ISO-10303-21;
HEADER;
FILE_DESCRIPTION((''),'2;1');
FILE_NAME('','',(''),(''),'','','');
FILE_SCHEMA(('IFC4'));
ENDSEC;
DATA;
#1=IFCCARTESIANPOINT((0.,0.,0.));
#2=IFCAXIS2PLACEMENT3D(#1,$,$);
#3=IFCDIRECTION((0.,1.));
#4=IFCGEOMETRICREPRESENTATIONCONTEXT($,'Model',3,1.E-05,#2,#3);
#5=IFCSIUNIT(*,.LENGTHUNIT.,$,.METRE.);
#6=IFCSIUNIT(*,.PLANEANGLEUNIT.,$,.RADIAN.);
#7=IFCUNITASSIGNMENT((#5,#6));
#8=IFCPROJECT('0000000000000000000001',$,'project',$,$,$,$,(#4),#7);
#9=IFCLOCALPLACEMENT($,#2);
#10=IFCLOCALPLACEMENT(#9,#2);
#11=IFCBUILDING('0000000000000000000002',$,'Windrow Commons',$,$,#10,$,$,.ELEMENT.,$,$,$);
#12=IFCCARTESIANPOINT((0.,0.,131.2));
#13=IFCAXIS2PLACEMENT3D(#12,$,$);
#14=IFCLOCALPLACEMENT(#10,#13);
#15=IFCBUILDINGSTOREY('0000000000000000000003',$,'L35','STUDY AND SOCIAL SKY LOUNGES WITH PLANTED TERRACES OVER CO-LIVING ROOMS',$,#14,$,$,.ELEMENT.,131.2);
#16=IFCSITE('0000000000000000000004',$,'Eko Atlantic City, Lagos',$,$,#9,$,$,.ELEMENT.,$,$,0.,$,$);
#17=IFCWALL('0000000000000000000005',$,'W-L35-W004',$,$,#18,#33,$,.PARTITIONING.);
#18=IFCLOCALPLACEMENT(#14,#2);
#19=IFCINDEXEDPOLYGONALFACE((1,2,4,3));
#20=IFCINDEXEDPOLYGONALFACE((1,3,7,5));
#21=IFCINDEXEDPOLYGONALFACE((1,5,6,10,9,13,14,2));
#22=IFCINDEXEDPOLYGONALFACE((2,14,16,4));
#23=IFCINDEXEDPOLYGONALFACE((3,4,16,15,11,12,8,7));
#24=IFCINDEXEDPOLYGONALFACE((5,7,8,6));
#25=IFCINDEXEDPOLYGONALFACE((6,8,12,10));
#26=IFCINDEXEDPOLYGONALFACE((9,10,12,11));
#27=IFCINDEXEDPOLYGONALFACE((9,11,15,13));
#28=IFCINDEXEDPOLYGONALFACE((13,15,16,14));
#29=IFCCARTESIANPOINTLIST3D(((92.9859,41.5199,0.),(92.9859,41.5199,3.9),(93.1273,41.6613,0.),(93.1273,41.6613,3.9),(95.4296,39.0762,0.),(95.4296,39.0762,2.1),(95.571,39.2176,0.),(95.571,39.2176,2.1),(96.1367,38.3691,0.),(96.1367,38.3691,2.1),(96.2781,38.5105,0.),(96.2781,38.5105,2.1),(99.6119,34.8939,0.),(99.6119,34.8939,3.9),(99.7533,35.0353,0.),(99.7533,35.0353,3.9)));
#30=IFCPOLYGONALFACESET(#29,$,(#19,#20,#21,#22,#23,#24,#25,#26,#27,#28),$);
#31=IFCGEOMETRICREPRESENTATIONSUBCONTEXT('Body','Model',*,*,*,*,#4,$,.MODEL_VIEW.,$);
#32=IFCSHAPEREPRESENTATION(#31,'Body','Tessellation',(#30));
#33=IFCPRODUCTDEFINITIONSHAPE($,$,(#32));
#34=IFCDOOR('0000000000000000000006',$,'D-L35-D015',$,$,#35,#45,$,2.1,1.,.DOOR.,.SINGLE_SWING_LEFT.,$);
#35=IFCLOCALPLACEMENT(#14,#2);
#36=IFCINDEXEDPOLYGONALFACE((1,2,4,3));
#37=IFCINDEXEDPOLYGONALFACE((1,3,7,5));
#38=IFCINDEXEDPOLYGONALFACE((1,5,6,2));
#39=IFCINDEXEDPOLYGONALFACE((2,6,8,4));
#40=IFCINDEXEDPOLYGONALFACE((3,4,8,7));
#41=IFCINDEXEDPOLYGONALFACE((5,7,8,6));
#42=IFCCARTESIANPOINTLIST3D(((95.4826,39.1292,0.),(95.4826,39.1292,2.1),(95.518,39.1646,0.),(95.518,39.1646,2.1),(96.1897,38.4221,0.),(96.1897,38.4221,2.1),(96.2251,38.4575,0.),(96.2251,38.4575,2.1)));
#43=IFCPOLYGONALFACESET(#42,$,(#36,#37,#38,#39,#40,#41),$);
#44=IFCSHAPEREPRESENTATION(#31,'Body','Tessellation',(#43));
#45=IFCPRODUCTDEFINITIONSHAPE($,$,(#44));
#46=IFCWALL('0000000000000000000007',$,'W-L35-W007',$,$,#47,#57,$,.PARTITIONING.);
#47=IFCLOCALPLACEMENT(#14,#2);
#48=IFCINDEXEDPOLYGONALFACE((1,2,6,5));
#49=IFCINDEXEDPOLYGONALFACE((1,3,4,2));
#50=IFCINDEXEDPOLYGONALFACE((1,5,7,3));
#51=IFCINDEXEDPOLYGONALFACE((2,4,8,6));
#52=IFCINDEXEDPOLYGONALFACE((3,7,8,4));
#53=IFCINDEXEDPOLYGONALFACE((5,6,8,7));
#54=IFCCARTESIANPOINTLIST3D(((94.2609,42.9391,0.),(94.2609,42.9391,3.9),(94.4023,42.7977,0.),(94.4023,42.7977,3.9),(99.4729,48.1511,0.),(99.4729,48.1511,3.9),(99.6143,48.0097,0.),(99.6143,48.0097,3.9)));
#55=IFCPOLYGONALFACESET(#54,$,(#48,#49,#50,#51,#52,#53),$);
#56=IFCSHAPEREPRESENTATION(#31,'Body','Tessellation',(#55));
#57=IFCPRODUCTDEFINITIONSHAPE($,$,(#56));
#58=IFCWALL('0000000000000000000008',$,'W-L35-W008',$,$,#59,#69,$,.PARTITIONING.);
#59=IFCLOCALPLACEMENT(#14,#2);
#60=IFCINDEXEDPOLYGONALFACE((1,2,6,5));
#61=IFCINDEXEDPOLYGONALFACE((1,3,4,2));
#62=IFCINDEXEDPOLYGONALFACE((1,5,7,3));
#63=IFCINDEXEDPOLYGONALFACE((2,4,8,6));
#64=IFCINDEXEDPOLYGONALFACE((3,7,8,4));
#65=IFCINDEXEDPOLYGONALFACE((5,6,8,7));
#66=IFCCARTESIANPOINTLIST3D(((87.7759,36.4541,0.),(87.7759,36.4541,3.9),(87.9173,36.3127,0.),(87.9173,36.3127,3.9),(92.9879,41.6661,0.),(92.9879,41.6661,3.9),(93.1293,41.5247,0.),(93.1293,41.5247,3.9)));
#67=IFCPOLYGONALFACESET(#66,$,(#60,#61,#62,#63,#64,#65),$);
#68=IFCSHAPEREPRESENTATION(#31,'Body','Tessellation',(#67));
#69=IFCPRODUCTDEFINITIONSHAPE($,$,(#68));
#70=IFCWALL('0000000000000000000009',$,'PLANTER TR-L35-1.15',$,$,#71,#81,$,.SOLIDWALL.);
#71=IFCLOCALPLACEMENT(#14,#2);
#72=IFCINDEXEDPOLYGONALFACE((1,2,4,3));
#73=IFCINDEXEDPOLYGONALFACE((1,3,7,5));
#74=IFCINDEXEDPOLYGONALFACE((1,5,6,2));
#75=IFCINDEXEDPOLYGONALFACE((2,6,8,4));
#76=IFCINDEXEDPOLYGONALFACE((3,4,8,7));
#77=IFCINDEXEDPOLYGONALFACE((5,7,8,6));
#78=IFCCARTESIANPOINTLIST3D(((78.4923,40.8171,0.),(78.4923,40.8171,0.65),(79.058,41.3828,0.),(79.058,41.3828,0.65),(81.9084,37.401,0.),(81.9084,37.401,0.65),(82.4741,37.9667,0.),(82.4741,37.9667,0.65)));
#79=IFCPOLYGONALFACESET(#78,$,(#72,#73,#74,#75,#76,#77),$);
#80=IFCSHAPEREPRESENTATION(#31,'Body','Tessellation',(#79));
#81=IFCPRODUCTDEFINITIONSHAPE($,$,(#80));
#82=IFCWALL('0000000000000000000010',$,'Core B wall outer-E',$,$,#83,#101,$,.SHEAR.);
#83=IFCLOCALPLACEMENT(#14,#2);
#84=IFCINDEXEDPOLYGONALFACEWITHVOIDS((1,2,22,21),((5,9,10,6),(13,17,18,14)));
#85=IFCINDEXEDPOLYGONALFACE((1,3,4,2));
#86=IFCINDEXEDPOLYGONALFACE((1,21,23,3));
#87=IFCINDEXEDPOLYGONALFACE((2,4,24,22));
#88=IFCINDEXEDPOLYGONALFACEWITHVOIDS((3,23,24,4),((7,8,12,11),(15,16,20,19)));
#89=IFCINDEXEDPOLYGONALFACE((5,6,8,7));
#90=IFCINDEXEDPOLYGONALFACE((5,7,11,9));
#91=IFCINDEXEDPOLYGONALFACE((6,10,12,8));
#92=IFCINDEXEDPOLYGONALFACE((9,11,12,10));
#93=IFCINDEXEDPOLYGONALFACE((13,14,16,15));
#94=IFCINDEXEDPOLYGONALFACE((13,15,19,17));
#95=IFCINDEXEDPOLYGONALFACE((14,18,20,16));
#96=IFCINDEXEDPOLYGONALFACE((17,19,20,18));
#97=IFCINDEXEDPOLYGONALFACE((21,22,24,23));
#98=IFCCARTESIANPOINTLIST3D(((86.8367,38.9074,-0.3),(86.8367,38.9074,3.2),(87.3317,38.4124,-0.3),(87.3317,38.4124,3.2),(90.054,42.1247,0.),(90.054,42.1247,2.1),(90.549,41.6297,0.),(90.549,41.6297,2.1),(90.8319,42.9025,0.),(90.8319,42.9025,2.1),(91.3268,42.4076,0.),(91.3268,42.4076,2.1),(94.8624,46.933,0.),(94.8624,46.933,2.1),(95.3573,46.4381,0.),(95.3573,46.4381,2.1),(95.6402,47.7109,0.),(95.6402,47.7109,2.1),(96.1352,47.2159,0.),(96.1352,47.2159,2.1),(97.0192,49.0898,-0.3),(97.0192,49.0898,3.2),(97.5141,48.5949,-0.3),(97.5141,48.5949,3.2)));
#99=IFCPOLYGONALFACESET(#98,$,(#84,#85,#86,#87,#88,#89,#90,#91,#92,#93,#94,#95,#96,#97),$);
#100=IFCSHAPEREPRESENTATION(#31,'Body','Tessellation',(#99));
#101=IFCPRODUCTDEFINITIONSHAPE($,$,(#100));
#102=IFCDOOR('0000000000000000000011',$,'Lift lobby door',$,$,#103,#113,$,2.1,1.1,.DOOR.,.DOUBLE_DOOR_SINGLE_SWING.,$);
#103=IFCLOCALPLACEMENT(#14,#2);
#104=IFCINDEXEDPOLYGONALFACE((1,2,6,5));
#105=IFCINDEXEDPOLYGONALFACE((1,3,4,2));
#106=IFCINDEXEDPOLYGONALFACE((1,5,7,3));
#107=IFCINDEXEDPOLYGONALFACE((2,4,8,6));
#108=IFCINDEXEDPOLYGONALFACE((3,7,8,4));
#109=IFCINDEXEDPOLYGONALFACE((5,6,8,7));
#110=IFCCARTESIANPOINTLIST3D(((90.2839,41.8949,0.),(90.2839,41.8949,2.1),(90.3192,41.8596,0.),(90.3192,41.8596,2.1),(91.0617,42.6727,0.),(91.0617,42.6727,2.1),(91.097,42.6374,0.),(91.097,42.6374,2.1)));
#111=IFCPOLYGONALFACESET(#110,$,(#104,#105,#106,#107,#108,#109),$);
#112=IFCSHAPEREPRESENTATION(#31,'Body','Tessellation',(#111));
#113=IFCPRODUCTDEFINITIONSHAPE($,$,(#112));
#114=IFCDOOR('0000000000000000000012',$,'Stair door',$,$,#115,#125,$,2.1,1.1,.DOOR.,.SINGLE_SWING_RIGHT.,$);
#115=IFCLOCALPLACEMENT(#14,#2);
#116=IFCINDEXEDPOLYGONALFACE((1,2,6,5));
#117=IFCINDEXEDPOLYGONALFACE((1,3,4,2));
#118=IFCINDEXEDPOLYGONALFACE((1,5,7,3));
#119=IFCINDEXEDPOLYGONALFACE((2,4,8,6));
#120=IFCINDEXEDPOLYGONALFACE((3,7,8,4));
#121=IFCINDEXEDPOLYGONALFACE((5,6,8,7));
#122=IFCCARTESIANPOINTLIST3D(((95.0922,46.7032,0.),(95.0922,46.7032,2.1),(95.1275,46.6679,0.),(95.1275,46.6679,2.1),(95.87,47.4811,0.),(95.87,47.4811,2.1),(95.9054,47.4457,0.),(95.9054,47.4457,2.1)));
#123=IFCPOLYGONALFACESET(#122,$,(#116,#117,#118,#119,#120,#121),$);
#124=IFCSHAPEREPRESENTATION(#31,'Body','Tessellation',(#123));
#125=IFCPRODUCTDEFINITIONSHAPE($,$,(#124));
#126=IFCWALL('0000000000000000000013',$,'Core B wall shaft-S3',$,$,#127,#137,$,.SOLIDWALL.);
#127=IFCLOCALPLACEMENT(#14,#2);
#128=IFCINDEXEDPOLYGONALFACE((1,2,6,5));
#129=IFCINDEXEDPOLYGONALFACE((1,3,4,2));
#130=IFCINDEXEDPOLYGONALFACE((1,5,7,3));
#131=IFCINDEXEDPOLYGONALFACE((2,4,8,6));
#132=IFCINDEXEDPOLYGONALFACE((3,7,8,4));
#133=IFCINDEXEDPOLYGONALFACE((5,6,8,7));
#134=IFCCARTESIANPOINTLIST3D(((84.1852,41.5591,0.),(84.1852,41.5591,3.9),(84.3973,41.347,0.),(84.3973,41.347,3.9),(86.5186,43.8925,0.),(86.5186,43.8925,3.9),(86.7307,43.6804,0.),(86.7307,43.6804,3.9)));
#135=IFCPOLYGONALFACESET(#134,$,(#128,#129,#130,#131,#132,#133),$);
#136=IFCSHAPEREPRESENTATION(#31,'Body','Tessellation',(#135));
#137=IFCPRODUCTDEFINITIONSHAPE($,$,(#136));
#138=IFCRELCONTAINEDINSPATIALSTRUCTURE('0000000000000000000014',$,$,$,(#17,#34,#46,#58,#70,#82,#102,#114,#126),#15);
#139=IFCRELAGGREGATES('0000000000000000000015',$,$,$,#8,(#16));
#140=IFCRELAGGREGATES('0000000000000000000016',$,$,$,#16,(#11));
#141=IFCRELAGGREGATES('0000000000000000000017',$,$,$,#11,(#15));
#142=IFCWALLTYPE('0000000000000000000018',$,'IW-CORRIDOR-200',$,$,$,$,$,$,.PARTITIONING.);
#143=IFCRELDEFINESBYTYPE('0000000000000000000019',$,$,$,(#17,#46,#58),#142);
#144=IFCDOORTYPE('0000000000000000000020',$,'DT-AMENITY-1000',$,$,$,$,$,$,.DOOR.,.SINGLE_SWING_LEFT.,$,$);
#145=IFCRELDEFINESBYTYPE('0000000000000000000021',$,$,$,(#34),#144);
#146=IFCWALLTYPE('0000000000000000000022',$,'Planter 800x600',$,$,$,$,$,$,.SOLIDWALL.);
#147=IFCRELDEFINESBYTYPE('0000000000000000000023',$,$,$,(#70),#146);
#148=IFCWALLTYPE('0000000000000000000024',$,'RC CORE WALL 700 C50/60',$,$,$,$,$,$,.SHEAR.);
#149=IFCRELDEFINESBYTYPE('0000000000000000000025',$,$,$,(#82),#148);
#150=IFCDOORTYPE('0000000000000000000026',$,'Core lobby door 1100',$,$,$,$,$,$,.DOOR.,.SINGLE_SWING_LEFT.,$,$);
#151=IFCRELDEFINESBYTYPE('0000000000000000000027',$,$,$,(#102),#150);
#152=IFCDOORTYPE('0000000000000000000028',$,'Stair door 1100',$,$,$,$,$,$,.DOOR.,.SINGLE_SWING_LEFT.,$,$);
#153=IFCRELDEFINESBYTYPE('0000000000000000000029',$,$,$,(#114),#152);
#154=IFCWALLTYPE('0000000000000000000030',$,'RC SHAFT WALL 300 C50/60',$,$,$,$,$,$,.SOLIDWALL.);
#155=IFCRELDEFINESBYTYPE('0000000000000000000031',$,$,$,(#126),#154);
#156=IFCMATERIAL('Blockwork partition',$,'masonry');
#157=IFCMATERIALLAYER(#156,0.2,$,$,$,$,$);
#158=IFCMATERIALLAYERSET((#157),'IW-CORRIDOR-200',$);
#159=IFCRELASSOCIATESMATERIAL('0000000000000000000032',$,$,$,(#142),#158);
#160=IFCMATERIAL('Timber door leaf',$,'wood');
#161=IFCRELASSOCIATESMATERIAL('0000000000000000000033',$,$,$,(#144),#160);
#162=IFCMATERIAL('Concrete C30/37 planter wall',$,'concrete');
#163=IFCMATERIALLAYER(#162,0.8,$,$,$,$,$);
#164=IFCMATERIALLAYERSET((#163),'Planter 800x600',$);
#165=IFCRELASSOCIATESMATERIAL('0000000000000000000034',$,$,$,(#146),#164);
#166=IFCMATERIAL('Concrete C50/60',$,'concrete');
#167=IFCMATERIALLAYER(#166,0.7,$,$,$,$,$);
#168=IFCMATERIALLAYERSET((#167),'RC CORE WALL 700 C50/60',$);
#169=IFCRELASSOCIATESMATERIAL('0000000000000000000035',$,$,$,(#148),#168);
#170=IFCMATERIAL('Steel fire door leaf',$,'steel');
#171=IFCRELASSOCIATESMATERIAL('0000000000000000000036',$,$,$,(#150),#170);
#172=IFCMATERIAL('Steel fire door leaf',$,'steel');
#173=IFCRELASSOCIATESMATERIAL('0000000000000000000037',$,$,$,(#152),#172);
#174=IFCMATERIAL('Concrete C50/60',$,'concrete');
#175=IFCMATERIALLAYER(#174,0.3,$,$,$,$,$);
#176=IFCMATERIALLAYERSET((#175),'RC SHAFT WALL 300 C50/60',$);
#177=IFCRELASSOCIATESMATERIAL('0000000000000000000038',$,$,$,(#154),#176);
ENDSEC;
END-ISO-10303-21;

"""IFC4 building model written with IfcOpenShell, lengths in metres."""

from ifc_helpers import new_model, si_unit, direction, frame, frame_2d, origin, place, context, subcontext, project, spatial, rectangle, extrude, material, layer, layer_set, type_object, element, fill, save


model = new_model("IFC4")

# Units and contexts
model_context = context("Model", 3, precision=1e-05, world=origin(), true_north=direction((0.0, 1.0)))
body_context = subcontext(model_context, "Body", "Model", "MODEL_VIEW")
ifc_project = project(units=[si_unit("LENGTHUNIT", "METRE"), si_unit("PLANEANGLEUNIT", "RADIAN")], contexts=[model_context])

# Site, building, storey
site_placement = place(None, origin())
site = spatial("IfcSite", under=ifc_project, at=site_placement, Name="Eko Atlantic City, Lagos", CompositionType="ELEMENT", RefElevation=0.0)
building_placement = place(site_placement, origin())
building = spatial("IfcBuilding", under=site, at=building_placement, Name="Windrow Commons", CompositionType="ELEMENT")
storey_placement = place(building_placement, frame((0.0, 0.0, 131.2)))
storey = spatial("IfcBuildingStorey", under=building, at=storey_placement, Name="L35", Description="STUDY AND SOCIAL SKY LOUNGES WITH PLANTED TERRACES OVER CO-LIVING ROOMS", CompositionType="ELEMENT", Elevation=131.2)

# Wall, opening, door
ifc_material_1 = material(Name="Blockwork partition", Category="masonry")
ifc_layer_1 = layer(ifc_material_1, 0.2)
ifc_layer_set_1 = layer_set([ifc_layer_1], Name="IW-CORRIDOR-200")
wall_type_1 = type_object("IfcWallType", Name="IW-CORRIDOR-200", PredefinedType="PARTITIONING", material=ifc_layer_set_1)
wall_1_placement = place(storey_placement, frame((93.0566, 41.5906, 0.0), z_axis=(0.0, 0.0, 1.0), x_axis=(0.707107, -0.707107, 0.0)))
wall_1 = element("IfcWall", 1, at=wall_1_placement, inside=storey, type_object=wall_type_1, Name="W-L35-W004", PredefinedType="PARTITIONING", context=body_context, shape_type="SweptSolid", body=[
    extrude(rectangle(XDim=9.3706, YDim=0.2, at=frame_2d((4.6853, 0.0))), origin(), (0.0, 0.0, 1.0), 3.9),
])
opening_1_placement = place(wall_1_placement, frame((3.4559, 0.0, 0.0)))
opening_1 = element("IfcOpeningElement", 2, at=opening_1_placement, cuts=wall_1, PredefinedType="OPENING", context=body_context, shape_type="SweptSolid", body=[
    extrude(rectangle(XDim=1.0, YDim=2.1, at=frame_2d((0.5, 1.05))), frame((0.0, 0.11, 0.0), z_axis=(0.0, -1.0, 0.0), x_axis=(1.0, 0.0, 0.0)), (0.0, 0.0, 1.0), 0.22),
])
ifc_material_2 = material(Name="Timber door leaf", Category="wood")
door_type_1 = type_object("IfcDoorType", Name="DT-AMENITY-1000", OperationType="SINGLE_SWING_LEFT", PredefinedType="DOOR", material=ifc_material_2)
door_1_placement = place(opening_1_placement, origin())
door_1 = element("IfcDoor", 3, at=door_1_placement, inside=storey, type_object=door_type_1, Name="D-L35-D015", OperationType="SINGLE_SWING_LEFT", OverallHeight=2.1, OverallWidth=1.0, PredefinedType="DOOR", context=body_context, shape_type="SweptSolid", body=[
    extrude(rectangle(XDim=1.0, YDim=2.1, at=frame_2d((0.5, 1.05))), frame((0.0, 0.025, 0.0), z_axis=(0.0, -1.0, 0.0), x_axis=(1.0, 0.0, 0.0)), (0.0, 0.0, 1.0), 0.05),
])
fill(opening_1, door_1)

# Walls
for number, where, z_axis, x_axis, name in (
    (4, (94.3316, 42.8684, 0.0), (0.0, 0.0, 1.0), (0.707107, 0.707107, 0.0), "W-L35-W007"),
    (5, (87.8466, 36.3834, 0.0), (0.0, 0.0, 1.0), (0.707107, 0.707107, 0.0), "W-L35-W008"),
):
    element("IfcWall", number, at=place(storey_placement, frame(where, z_axis=z_axis, x_axis=x_axis)), inside=storey, type_object=wall_type_1, Name=name, PredefinedType="PARTITIONING", context=body_context, shape_type="SweptSolid", body=[
        extrude(rectangle(XDim=7.3709, YDim=0.2, at=frame_2d((3.6854, 0.0))), origin(), (0.0, 0.0, 1.0), 3.9),
    ])
ifc_material_3 = material(Name="Concrete C30/37 planter wall", Category="concrete")
ifc_layer_2 = layer(ifc_material_3, 0.8)
ifc_layer_set_2 = layer_set([ifc_layer_2], Name="Planter 800x600")
wall_type_2 = type_object("IfcWallType", Name="Planter 800x600", PredefinedType="SOLIDWALL", material=ifc_layer_set_2)
wall_2_placement = place(storey_placement, frame((78.7751, 41.1, 0.0), z_axis=(0.0, 0.0, 1.0), x_axis=(0.707107, -0.707107, 0.0)))
element("IfcWall", 6, at=wall_2_placement, inside=storey, type_object=wall_type_2, Name="PLANTER TR-L35-1.15", PredefinedType="SOLIDWALL", context=body_context, shape_type="SweptSolid", body=[
    extrude(rectangle(XDim=4.8311, YDim=0.8, at=frame_2d((2.4156, 0.0))), origin(), (0.0, 0.0, 1.0), 0.65),
])

# Wall, openings, doors
ifc_material_4 = material(Name="Concrete C50/60", Category="concrete")
ifc_layer_3 = layer(ifc_material_4, 0.7)
ifc_layer_set_3 = layer_set([ifc_layer_3], Name="RC CORE WALL 700 C50/60")
wall_type_3 = type_object("IfcWallType", Name="RC CORE WALL 700 C50/60", PredefinedType="SHEAR", material=ifc_layer_set_3)
wall_3_placement = place(storey_placement, frame((87.0842, 38.6599, -0.3), z_axis=(0.0, 0.0, 1.0), x_axis=(0.707107, 0.707107, 0.0)))
wall_3 = element("IfcWall", 7, at=wall_3_placement, inside=storey, type_object=wall_type_3, Name="Core B wall outer-E", PredefinedType="SHEAR", context=body_context, shape_type="SweptSolid", body=[
    extrude(rectangle(XDim=14.4001, YDim=0.7, at=frame_2d((7.2001, 0.0))), origin(), (0.0, 0.0, 1.0), 3.5),
])
opening_2_placement = place(wall_3_placement, frame((4.55, 0.0, 0.3)))
opening_2 = element("IfcOpeningElement", 8, at=opening_2_placement, cuts=wall_3, PredefinedType="OPENING", context=body_context, shape_type="SweptSolid", body=[
    extrude(rectangle(XDim=1.1, YDim=2.1, at=frame_2d((0.55, 1.05))), frame((0.0, 0.36, 0.0), z_axis=(0.0, -1.0, 0.0), x_axis=(1.0, 0.0, 0.0)), (0.0, 0.0, 1.0), 0.72),
])
opening_3_placement = place(wall_3_placement, frame((11.35, 0.0, 0.3)))
opening_3 = element("IfcOpeningElement", 9, at=opening_3_placement, cuts=wall_3, PredefinedType="OPENING", context=body_context, shape_type="SweptSolid", body=[
    extrude(rectangle(XDim=1.1, YDim=2.1, at=frame_2d((0.55, 1.05))), frame((0.0, 0.36, 0.0), z_axis=(0.0, -1.0, 0.0), x_axis=(1.0, 0.0, 0.0)), (0.0, 0.0, 1.0), 0.72),
])
ifc_material_5 = material(Name="Steel fire door leaf", Category="steel")
door_type_2 = type_object("IfcDoorType", Name="Core lobby door 1100", OperationType="SINGLE_SWING_LEFT", PredefinedType="DOOR", material=ifc_material_5)
door_2_placement = place(opening_2_placement, origin())
door_2 = element("IfcDoor", 10, at=door_2_placement, inside=storey, type_object=door_type_2, Name="Lift lobby door", OperationType="DOUBLE_DOOR_SINGLE_SWING", OverallHeight=2.1, OverallWidth=1.1, PredefinedType="DOOR", context=body_context, shape_type="SweptSolid", body=[
    extrude(rectangle(XDim=1.1, YDim=2.1, at=frame_2d((0.55, 1.05))), frame((0.0, 0.025, 0.0), z_axis=(0.0, -1.0, 0.0), x_axis=(1.0, 0.0, 0.0)), (0.0, 0.0, 1.0), 0.05),
])
fill(opening_2, door_2)
ifc_material_6 = material(Name="Steel fire door leaf", Category="steel")
door_type_3 = type_object("IfcDoorType", Name="Stair door 1100", OperationType="SINGLE_SWING_LEFT", PredefinedType="DOOR", material=ifc_material_6)
door_3_placement = place(opening_3_placement, origin())
door_3 = element("IfcDoor", 11, at=door_3_placement, inside=storey, type_object=door_type_3, Name="Stair door", OperationType="SINGLE_SWING_RIGHT", OverallHeight=2.1, OverallWidth=1.1, PredefinedType="DOOR", context=body_context, shape_type="SweptSolid", body=[
    extrude(rectangle(XDim=1.1, YDim=2.1, at=frame_2d((0.55, 1.05))), frame((0.0, 0.025, 0.0), z_axis=(0.0, -1.0, 0.0), x_axis=(1.0, 0.0, 0.0)), (0.0, 0.0, 1.0), 0.05),
])
fill(opening_3, door_3)

# Wall
ifc_material_7 = material(Name="Concrete C50/60", Category="concrete")
ifc_layer_4 = layer(ifc_material_7, 0.3)
ifc_layer_set_4 = layer_set([ifc_layer_4], Name="RC SHAFT WALL 300 C50/60")
wall_type_4 = type_object("IfcWallType", Name="RC SHAFT WALL 300 C50/60", PredefinedType="SOLIDWALL", material=ifc_layer_set_4)
wall_4_placement = place(storey_placement, frame((84.2912, 41.453, 0.0), z_axis=(0.0, 0.0, 1.0), x_axis=(0.707107, 0.707107, 0.0)))
element("IfcWall", 12, at=wall_4_placement, inside=storey, type_object=wall_type_4, Name="Core B wall shaft-S3", PredefinedType="SOLIDWALL", context=body_context, shape_type="SweptSolid", body=[
    extrude(rectangle(XDim=3.2999, YDim=0.3, at=frame_2d((1.65, 0.0))), origin(), (0.0, 0.0, 1.0), 3.9),
])

save(model, "model.ifc")
